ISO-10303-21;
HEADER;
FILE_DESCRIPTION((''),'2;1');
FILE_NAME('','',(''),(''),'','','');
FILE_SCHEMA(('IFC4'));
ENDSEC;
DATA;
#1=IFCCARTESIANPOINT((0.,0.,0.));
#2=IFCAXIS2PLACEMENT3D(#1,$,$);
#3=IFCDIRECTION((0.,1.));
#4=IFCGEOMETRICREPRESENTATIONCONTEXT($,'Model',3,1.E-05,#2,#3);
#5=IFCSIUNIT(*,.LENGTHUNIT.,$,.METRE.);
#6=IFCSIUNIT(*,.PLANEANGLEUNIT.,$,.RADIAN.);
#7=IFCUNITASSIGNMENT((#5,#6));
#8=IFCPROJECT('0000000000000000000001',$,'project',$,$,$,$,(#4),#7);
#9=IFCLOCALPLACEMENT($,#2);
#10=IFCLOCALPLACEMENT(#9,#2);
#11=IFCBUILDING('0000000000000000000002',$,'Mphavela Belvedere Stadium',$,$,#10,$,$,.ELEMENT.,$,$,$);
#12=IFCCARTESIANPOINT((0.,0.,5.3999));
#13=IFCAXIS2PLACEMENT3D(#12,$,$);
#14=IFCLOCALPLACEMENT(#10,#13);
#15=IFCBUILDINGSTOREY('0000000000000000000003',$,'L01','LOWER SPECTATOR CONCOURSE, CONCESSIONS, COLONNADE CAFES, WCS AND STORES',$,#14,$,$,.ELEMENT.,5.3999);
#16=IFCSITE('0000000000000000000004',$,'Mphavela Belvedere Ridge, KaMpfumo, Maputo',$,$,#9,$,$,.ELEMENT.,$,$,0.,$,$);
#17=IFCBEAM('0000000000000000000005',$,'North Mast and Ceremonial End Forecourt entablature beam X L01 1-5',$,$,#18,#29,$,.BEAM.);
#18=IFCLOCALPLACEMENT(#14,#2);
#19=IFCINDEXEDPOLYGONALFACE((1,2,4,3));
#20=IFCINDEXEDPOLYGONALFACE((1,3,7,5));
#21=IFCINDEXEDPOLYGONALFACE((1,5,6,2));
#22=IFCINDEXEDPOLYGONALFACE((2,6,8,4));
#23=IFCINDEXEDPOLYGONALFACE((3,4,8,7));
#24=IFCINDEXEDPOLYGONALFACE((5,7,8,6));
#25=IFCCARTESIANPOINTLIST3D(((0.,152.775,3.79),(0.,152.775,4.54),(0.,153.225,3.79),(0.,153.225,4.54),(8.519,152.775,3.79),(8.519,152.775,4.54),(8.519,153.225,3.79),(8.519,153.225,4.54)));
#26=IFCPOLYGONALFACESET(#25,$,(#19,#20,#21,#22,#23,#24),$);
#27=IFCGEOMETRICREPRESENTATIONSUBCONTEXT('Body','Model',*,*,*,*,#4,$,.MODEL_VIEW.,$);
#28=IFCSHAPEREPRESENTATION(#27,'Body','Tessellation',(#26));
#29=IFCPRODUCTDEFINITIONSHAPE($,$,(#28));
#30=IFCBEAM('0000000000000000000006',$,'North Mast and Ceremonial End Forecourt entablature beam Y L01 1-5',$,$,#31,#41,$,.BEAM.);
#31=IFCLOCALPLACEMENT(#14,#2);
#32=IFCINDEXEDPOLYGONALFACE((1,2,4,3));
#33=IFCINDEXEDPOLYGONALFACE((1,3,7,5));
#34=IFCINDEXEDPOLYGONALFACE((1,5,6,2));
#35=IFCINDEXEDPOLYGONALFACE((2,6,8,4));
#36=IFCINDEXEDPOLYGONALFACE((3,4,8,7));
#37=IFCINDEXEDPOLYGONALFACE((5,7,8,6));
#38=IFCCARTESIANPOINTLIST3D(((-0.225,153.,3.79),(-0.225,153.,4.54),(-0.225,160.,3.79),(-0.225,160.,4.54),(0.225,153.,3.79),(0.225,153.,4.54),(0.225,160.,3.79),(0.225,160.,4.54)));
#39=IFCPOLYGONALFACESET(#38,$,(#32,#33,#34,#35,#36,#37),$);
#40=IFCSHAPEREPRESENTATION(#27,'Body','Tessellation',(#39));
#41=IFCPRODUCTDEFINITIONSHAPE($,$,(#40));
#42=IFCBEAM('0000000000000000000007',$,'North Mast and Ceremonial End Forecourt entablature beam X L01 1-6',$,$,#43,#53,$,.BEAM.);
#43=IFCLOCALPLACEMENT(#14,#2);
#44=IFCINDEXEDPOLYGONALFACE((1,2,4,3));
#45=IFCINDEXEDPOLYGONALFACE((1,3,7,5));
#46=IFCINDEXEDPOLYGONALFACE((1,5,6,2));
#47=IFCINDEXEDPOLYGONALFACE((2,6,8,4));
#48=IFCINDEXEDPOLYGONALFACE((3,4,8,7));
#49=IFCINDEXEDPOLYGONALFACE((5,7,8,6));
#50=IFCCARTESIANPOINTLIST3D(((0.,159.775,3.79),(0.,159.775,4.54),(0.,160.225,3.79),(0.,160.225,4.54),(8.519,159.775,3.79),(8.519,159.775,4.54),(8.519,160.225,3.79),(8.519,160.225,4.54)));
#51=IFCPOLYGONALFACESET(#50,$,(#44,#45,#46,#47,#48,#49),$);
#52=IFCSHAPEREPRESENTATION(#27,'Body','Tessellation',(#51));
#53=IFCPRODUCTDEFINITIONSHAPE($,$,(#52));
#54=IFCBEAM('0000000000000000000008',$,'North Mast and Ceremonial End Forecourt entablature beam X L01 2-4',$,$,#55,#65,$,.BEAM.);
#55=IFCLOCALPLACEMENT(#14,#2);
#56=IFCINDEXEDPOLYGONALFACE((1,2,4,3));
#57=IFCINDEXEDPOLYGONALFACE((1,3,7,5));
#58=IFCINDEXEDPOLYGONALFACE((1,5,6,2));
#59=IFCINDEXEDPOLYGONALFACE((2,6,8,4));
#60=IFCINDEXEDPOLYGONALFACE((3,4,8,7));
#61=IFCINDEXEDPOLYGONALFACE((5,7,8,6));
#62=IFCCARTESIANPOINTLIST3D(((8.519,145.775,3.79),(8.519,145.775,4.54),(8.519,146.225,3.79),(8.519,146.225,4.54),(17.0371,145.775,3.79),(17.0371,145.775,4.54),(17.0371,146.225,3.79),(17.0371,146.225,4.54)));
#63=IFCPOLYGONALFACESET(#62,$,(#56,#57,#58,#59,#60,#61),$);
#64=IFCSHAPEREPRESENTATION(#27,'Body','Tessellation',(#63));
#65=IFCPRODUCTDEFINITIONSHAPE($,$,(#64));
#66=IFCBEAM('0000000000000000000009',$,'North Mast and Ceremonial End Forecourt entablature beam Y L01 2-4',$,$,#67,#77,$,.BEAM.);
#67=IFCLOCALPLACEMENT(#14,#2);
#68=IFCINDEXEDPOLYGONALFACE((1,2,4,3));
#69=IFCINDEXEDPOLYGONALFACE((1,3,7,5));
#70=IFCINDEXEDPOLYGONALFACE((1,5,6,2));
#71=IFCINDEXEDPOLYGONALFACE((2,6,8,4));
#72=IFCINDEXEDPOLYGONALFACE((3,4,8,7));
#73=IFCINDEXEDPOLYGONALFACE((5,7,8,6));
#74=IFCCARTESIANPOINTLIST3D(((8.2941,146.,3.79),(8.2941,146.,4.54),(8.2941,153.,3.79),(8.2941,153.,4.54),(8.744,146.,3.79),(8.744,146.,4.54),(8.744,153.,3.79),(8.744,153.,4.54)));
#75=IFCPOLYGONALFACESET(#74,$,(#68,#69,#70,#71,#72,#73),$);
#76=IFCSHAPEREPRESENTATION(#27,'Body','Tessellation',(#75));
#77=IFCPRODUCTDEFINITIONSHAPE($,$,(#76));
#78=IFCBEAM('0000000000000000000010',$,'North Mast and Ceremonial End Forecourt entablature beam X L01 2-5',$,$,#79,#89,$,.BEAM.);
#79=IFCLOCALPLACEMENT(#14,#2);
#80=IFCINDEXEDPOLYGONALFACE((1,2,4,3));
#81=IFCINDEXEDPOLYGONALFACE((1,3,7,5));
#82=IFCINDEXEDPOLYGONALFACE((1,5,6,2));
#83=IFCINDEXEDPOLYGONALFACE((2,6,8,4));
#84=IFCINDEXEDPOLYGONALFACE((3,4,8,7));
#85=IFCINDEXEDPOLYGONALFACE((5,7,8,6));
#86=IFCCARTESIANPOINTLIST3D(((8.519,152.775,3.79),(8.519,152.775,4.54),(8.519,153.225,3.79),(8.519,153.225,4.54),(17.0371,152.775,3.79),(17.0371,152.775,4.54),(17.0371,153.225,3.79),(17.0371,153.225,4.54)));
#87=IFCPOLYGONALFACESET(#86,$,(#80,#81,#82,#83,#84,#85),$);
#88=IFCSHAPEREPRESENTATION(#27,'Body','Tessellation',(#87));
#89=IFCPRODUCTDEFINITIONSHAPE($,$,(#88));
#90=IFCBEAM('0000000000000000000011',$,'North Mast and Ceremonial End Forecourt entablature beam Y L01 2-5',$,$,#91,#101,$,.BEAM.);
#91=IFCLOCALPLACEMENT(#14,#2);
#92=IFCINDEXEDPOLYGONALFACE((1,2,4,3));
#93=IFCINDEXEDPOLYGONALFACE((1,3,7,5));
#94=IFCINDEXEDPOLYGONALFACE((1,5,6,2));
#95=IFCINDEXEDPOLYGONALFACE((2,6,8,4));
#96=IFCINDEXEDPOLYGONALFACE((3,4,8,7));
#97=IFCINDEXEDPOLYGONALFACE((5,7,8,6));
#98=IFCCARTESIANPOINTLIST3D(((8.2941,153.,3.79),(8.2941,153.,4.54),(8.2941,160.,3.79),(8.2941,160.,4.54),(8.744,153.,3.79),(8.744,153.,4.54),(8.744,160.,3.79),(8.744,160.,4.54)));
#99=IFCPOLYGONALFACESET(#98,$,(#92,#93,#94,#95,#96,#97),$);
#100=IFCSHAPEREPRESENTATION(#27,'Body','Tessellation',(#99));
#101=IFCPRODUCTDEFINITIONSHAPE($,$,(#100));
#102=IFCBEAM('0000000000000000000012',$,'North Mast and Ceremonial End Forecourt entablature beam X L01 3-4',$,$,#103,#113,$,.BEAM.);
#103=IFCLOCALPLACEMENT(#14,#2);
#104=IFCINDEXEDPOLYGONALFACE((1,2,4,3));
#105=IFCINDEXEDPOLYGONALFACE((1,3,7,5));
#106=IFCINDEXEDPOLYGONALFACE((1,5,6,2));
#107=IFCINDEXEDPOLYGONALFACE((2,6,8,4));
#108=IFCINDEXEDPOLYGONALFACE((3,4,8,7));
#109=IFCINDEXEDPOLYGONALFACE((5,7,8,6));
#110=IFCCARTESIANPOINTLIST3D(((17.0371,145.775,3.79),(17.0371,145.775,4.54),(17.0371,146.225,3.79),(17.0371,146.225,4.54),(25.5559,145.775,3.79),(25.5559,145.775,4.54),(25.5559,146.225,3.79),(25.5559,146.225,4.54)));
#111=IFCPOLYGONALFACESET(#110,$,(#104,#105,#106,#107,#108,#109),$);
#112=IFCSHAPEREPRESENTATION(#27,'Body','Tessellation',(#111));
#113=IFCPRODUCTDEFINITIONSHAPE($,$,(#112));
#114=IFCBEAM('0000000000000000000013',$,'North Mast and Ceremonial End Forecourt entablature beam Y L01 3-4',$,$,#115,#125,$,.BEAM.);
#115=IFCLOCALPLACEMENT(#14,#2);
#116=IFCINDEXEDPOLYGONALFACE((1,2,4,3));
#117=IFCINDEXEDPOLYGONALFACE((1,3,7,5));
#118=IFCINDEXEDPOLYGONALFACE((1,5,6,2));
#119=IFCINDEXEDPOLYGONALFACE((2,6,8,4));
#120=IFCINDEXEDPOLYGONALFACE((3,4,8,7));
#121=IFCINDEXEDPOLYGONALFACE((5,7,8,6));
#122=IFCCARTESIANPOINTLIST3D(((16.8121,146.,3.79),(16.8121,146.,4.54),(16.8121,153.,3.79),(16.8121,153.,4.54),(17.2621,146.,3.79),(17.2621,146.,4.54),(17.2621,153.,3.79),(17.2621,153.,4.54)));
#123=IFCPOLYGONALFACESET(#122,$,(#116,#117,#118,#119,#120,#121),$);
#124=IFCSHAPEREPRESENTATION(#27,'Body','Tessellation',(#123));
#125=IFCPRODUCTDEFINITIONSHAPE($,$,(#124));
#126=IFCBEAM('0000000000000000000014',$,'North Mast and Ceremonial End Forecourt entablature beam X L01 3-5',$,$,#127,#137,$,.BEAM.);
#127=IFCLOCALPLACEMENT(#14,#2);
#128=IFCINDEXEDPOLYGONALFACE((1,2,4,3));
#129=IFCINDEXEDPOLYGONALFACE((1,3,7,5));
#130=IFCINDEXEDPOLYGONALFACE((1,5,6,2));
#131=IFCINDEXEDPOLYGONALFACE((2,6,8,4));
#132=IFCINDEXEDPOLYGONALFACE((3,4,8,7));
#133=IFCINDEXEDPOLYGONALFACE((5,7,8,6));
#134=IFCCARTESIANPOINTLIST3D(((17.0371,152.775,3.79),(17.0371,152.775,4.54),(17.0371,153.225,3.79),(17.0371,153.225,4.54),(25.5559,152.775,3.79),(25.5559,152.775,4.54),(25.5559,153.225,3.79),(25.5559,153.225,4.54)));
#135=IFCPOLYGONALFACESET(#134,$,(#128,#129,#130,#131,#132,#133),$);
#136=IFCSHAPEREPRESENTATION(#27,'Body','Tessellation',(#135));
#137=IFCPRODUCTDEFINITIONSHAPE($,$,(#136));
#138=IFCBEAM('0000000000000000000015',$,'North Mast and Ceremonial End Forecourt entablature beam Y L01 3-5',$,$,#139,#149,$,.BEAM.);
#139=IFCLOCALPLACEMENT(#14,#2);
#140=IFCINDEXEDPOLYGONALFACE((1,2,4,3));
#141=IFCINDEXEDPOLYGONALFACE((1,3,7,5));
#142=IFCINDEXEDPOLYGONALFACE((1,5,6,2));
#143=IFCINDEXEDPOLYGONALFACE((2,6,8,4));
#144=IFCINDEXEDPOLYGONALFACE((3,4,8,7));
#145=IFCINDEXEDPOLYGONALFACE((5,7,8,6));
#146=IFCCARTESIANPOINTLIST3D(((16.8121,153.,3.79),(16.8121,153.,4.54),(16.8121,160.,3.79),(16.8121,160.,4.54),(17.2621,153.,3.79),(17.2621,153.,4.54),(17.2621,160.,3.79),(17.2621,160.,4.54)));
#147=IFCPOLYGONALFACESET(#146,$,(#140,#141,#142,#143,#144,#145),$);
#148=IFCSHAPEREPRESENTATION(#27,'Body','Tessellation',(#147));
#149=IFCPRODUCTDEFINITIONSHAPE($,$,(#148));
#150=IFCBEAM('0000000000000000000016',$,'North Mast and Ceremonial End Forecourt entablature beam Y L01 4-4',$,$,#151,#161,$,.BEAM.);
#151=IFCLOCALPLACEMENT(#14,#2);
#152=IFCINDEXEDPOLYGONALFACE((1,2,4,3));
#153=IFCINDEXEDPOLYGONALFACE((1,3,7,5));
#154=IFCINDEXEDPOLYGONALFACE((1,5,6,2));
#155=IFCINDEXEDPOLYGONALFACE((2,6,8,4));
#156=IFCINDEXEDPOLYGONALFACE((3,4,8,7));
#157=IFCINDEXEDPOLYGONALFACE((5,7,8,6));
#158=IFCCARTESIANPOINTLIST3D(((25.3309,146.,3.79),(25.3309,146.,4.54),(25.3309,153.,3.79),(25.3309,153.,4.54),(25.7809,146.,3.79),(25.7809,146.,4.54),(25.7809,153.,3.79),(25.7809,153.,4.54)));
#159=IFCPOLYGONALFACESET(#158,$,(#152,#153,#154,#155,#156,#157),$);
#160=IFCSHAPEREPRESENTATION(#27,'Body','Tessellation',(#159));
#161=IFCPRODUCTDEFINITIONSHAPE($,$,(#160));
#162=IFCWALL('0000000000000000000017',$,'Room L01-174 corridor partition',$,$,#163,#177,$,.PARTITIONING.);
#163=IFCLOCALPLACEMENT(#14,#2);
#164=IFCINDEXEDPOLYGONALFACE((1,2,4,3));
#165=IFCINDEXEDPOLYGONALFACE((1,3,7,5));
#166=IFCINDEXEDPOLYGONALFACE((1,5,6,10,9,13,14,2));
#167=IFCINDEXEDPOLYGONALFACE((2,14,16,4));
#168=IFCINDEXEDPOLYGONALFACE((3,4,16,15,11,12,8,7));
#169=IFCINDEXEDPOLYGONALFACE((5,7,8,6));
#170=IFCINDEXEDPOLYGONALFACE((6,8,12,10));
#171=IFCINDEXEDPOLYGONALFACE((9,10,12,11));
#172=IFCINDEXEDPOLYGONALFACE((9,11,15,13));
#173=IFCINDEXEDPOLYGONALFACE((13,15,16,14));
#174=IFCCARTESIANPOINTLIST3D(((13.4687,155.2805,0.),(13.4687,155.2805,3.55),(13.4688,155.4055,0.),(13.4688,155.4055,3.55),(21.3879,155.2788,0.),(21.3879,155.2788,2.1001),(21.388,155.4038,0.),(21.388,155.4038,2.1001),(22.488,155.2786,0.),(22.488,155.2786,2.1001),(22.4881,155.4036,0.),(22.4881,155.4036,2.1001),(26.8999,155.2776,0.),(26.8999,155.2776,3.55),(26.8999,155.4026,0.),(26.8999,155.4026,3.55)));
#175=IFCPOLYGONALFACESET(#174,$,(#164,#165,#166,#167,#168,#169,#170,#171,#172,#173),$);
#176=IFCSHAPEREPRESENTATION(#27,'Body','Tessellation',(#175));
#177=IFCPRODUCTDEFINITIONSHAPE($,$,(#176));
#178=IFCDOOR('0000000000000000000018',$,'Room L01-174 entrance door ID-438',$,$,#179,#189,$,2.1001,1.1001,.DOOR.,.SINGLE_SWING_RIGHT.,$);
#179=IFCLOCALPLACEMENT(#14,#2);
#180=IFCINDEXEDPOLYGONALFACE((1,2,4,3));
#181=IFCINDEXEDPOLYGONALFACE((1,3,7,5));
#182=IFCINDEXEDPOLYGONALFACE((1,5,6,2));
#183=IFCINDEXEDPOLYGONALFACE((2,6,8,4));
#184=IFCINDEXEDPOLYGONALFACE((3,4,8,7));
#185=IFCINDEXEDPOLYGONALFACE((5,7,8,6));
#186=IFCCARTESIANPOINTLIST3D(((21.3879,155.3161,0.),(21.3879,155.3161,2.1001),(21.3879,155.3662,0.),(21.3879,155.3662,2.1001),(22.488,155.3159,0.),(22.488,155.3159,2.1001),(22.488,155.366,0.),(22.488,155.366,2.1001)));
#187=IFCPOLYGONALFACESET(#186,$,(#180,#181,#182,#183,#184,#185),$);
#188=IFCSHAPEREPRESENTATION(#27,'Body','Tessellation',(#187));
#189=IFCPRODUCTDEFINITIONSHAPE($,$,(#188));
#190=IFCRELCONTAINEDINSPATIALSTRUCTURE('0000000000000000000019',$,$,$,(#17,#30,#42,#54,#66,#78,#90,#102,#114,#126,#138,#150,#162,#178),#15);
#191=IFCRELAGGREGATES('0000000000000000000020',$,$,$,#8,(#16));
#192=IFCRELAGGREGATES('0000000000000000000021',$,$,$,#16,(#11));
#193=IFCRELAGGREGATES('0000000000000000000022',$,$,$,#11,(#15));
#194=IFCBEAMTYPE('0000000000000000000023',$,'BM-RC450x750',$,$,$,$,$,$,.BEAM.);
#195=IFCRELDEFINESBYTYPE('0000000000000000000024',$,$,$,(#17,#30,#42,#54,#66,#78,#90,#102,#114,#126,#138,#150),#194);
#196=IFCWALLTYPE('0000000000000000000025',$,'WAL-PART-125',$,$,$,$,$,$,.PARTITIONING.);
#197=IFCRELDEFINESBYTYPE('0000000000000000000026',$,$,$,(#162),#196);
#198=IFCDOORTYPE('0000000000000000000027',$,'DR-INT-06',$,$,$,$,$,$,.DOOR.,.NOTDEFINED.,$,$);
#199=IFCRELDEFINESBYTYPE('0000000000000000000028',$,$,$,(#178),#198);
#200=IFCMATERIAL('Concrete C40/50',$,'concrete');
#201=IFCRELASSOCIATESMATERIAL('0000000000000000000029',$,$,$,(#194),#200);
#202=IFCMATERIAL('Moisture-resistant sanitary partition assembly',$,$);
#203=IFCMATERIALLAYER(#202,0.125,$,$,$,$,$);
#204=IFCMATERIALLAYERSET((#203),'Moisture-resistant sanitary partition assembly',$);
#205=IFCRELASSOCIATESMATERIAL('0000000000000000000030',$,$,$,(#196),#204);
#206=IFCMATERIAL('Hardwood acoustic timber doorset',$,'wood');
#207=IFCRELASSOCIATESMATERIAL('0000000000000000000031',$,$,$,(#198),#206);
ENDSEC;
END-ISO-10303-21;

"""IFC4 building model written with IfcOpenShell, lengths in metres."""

from ifc_helpers import new_model, si_unit, direction, frame, frame_2d, origin, origin_2d, place, context, subcontext, project, spatial, rectangle, extrude, material, layer, layer_set, material_profile, profile_set, type_object, element, fill, save


model = new_model("IFC4")

# Units and contexts
model_context = context("Model", 3, precision=1e-05, world=origin(), true_north=direction((0.0, 1.0)))
body_context = subcontext(model_context, "Body", "Model", "MODEL_VIEW")
ifc_project = project(units=[si_unit("LENGTHUNIT", "METRE"), si_unit("PLANEANGLEUNIT", "RADIAN")], contexts=[model_context])

# Site, building, storey
site_placement = place(None, origin())
site = spatial("IfcSite", under=ifc_project, at=site_placement, Name="Mphavela Belvedere Ridge, KaMpfumo, Maputo", CompositionType="ELEMENT", RefElevation=0.0)
building_placement = place(site_placement, origin())
building = spatial("IfcBuilding", under=site, at=building_placement, Name="Mphavela Belvedere Stadium", CompositionType="ELEMENT")
storey_placement = place(building_placement, frame((0.0, 0.0, 5.3999)))
storey = spatial("IfcBuildingStorey", under=building, at=storey_placement, Name="L01", Description="LOWER SPECTATOR CONCOURSE, CONCESSIONS, COLONNADE CAFES, WCS AND STORES", CompositionType="ELEMENT", Elevation=5.3999)

# Beams
ifc_material_1 = material(Name="Concrete C40/50", Category="concrete")
ifc_material_profile_1 = material_profile(ifc_material_1, rectangle(XDim=0.45, YDim=0.75, at=origin_2d()), Name="RC 450x750")
ifc_profile_set_1 = profile_set([ifc_material_profile_1], Name="Concrete C40/50")
beam_type_1 = type_object("IfcBeamType", Name="BM-RC450x750", PredefinedType="BEAM", material=ifc_profile_set_1)
beam_1_placement = place(storey_placement, frame((0.0, 153.0, 4.165), z_axis=(1.0, 0.0, 0.0), x_axis=(0.0, 1.0, 0.0)))
element("IfcBeam", 1, at=beam_1_placement, inside=storey, type_object=beam_type_1, Name="North Mast and Ceremonial End Forecourt entablature beam X L01 1-5", PredefinedType="BEAM", context=body_context, shape_type="SweptSolid", body=[
    extrude(rectangle(XDim=0.45, YDim=0.75, at=origin_2d()), origin(), (0.0, 0.0, 1.0), 8.519),
])
beam_2_placement = place(storey_placement, frame((0.0, 153.0, 4.165), z_axis=(0.0, 1.0, 0.0), x_axis=(-1.0, 0.0, 0.0)))
element("IfcBeam", 2, at=beam_2_placement, inside=storey, type_object=beam_type_1, Name="North Mast and Ceremonial End Forecourt entablature beam Y L01 1-5", PredefinedType="BEAM", context=body_context, shape_type="SweptSolid", body=[
    extrude(rectangle(XDim=0.45, YDim=0.75, at=origin_2d()), origin(), (0.0, 0.0, 1.0), 7.0),
])
beam_3_placement = place(storey_placement, frame((0.0, 160.0, 4.165), z_axis=(1.0, 0.0, 0.0), x_axis=(0.0, 1.0, 0.0)))
element("IfcBeam", 3, at=beam_3_placement, inside=storey, type_object=beam_type_1, Name="North Mast and Ceremonial End Forecourt entablature beam X L01 1-6", PredefinedType="BEAM", context=body_context, shape_type="SweptSolid", body=[
    extrude(rectangle(XDim=0.45, YDim=0.75, at=origin_2d()), origin(), (0.0, 0.0, 1.0), 8.519),
])
beam_4_placement = place(storey_placement, frame((8.519, 146.0, 4.165), z_axis=(1.0, 0.0, 0.0), x_axis=(0.0, 1.0, 0.0)))
element("IfcBeam", 4, at=beam_4_placement, inside=storey, type_object=beam_type_1, Name="North Mast and Ceremonial End Forecourt entablature beam X L01 2-4", PredefinedType="BEAM", context=body_context, shape_type="SweptSolid", body=[
    extrude(rectangle(XDim=0.45, YDim=0.75, at=origin_2d()), origin(), (0.0, 0.0, 1.0), 8.5181),
])
beam_5_placement = place(storey_placement, frame((8.519, 146.0, 4.165), z_axis=(0.0, 1.0, 0.0), x_axis=(-1.0, 0.0, 0.0)))
element("IfcBeam", 5, at=beam_5_placement, inside=storey, type_object=beam_type_1, Name="North Mast and Ceremonial End Forecourt entablature beam Y L01 2-4", PredefinedType="BEAM", context=body_context, shape_type="SweptSolid", body=[
    extrude(rectangle(XDim=0.45, YDim=0.75, at=origin_2d()), origin(), (0.0, 0.0, 1.0), 7.0),
])
beam_6_placement = place(storey_placement, frame((8.519, 153.0, 4.165), z_axis=(1.0, 0.0, 0.0), x_axis=(0.0, 1.0, 0.0)))
element("IfcBeam", 6, at=beam_6_placement, inside=storey, type_object=beam_type_1, Name="North Mast and Ceremonial End Forecourt entablature beam X L01 2-5", PredefinedType="BEAM", context=body_context, shape_type="SweptSolid", body=[
    extrude(rectangle(XDim=0.45, YDim=0.75, at=origin_2d()), origin(), (0.0, 0.0, 1.0), 8.5181),
])
beam_7_placement = place(storey_placement, frame((8.519, 153.0, 4.165), z_axis=(0.0, 1.0, 0.0), x_axis=(-1.0, 0.0, 0.0)))
element("IfcBeam", 7, at=beam_7_placement, inside=storey, type_object=beam_type_1, Name="North Mast and Ceremonial End Forecourt entablature beam Y L01 2-5", PredefinedType="BEAM", context=body_context, shape_type="SweptSolid", body=[
    extrude(rectangle(XDim=0.45, YDim=0.75, at=origin_2d()), origin(), (0.0, 0.0, 1.0), 7.0),
])
beam_8_placement = place(storey_placement, frame((17.0371, 146.0, 4.165), z_axis=(1.0, 0.0, 0.0), x_axis=(0.0, 1.0, 0.0)))
element("IfcBeam", 8, at=beam_8_placement, inside=storey, type_object=beam_type_1, Name="North Mast and Ceremonial End Forecourt entablature beam X L01 3-4", PredefinedType="BEAM", context=body_context, shape_type="SweptSolid", body=[
    extrude(rectangle(XDim=0.45, YDim=0.75, at=origin_2d()), origin(), (0.0, 0.0, 1.0), 8.5188),
])
beam_9_placement = place(storey_placement, frame((17.0371, 146.0, 4.165), z_axis=(0.0, 1.0, 0.0), x_axis=(-1.0, 0.0, 0.0)))
element("IfcBeam", 9, at=beam_9_placement, inside=storey, type_object=beam_type_1, Name="North Mast and Ceremonial End Forecourt entablature beam Y L01 3-4", PredefinedType="BEAM", context=body_context, shape_type="SweptSolid", body=[
    extrude(rectangle(XDim=0.45, YDim=0.75, at=origin_2d()), origin(), (0.0, 0.0, 1.0), 7.0),
])
beam_10_placement = place(storey_placement, frame((17.0371, 153.0, 4.165), z_axis=(1.0, 0.0, 0.0), x_axis=(0.0, 1.0, 0.0)))
element("IfcBeam", 10, at=beam_10_placement, inside=storey, type_object=beam_type_1, Name="North Mast and Ceremonial End Forecourt entablature beam X L01 3-5", PredefinedType="BEAM", context=body_context, shape_type="SweptSolid", body=[
    extrude(rectangle(XDim=0.45, YDim=0.75, at=origin_2d()), origin(), (0.0, 0.0, 1.0), 8.5188),
])
for number, where, z_axis, x_axis, name in (
    (11, (17.0371, 153.0, 4.165), (0.0, 1.0, 0.0), (-1.0, 0.0, 0.0), "North Mast and Ceremonial End Forecourt entablature beam Y L01 3-5"),
    (12, (25.5559, 146.0, 4.165), (0.0, 1.0, 0.0), (-1.0, 0.0, 0.0), "North Mast and Ceremonial End Forecourt entablature beam Y L01 4-4"),
):
    element("IfcBeam", number, at=place(storey_placement, frame(where, z_axis=z_axis, x_axis=x_axis)), inside=storey, type_object=beam_type_1, Name=name, PredefinedType="BEAM", context=body_context, shape_type="SweptSolid", body=[
        extrude(rectangle(XDim=0.45, YDim=0.75, at=origin_2d()), origin(), (0.0, 0.0, 1.0), 7.0),
    ])

# Wall, opening, door
ifc_material_2 = material(Name="Moisture-resistant sanitary partition assembly")
ifc_layer_1 = layer(ifc_material_2, 0.125)
ifc_layer_set_1 = layer_set([ifc_layer_1], Name="Moisture-resistant sanitary partition assembly")
wall_type_1 = type_object("IfcWallType", Name="WAL-PART-125", PredefinedType="PARTITIONING", material=ifc_layer_set_1)
wall_1_placement = place(storey_placement, frame((13.4688, 155.343, 0.0), z_axis=(0.0, 0.0, 1.0), x_axis=(1.0, -0.000218, 0.0)))
wall_1 = element("IfcWall", 13, at=wall_1_placement, inside=storey, type_object=wall_type_1, Name="Room L01-174 corridor partition", PredefinedType="PARTITIONING", context=body_context, shape_type="SweptSolid", body=[
    extrude(rectangle(XDim=13.4312, YDim=0.125, at=frame_2d((6.7156, 0.0))), origin(), (0.0, 0.0, 1.0), 3.55),
])
opening_placement = place(wall_1_placement, frame((7.9192, 0.0, 0.0)))
opening = element("IfcOpeningElement", 14, at=opening_placement, cuts=wall_1, PredefinedType="OPENING", context=body_context, shape_type="SweptSolid", body=[
    extrude(rectangle(XDim=1.1001, YDim=2.1001, at=frame_2d((0.55, 1.05))), frame((0.0, 0.0725, 0.0), z_axis=(0.0, -1.0, 0.0), x_axis=(1.0, 0.0, 0.0)), (0.0, 0.0, 1.0), 0.145),
])
ifc_material_3 = material(Name="Hardwood acoustic timber doorset", Category="wood")
door_type = type_object("IfcDoorType", Name="DR-INT-06", OperationType="NOTDEFINED", PredefinedType="DOOR", material=ifc_material_3)
door_placement = place(opening_placement, origin())
door = element("IfcDoor", 15, at=door_placement, inside=storey, type_object=door_type, Name="Room L01-174 entrance door ID-438", OperationType="SINGLE_SWING_RIGHT", OverallHeight=2.1001, OverallWidth=1.1001, PredefinedType="DOOR", context=body_context, shape_type="SweptSolid", body=[
    extrude(rectangle(XDim=1.1001, YDim=2.1001, at=frame_2d((0.55, 1.05))), frame((0.0, 0.0249, 0.0), z_axis=(0.0, -1.0, 0.0), x_axis=(1.0, 0.0, 0.0)), (0.0, 0.0, 1.0), 0.05),
])
fill(opening, door)

save(model, "model.ifc")
